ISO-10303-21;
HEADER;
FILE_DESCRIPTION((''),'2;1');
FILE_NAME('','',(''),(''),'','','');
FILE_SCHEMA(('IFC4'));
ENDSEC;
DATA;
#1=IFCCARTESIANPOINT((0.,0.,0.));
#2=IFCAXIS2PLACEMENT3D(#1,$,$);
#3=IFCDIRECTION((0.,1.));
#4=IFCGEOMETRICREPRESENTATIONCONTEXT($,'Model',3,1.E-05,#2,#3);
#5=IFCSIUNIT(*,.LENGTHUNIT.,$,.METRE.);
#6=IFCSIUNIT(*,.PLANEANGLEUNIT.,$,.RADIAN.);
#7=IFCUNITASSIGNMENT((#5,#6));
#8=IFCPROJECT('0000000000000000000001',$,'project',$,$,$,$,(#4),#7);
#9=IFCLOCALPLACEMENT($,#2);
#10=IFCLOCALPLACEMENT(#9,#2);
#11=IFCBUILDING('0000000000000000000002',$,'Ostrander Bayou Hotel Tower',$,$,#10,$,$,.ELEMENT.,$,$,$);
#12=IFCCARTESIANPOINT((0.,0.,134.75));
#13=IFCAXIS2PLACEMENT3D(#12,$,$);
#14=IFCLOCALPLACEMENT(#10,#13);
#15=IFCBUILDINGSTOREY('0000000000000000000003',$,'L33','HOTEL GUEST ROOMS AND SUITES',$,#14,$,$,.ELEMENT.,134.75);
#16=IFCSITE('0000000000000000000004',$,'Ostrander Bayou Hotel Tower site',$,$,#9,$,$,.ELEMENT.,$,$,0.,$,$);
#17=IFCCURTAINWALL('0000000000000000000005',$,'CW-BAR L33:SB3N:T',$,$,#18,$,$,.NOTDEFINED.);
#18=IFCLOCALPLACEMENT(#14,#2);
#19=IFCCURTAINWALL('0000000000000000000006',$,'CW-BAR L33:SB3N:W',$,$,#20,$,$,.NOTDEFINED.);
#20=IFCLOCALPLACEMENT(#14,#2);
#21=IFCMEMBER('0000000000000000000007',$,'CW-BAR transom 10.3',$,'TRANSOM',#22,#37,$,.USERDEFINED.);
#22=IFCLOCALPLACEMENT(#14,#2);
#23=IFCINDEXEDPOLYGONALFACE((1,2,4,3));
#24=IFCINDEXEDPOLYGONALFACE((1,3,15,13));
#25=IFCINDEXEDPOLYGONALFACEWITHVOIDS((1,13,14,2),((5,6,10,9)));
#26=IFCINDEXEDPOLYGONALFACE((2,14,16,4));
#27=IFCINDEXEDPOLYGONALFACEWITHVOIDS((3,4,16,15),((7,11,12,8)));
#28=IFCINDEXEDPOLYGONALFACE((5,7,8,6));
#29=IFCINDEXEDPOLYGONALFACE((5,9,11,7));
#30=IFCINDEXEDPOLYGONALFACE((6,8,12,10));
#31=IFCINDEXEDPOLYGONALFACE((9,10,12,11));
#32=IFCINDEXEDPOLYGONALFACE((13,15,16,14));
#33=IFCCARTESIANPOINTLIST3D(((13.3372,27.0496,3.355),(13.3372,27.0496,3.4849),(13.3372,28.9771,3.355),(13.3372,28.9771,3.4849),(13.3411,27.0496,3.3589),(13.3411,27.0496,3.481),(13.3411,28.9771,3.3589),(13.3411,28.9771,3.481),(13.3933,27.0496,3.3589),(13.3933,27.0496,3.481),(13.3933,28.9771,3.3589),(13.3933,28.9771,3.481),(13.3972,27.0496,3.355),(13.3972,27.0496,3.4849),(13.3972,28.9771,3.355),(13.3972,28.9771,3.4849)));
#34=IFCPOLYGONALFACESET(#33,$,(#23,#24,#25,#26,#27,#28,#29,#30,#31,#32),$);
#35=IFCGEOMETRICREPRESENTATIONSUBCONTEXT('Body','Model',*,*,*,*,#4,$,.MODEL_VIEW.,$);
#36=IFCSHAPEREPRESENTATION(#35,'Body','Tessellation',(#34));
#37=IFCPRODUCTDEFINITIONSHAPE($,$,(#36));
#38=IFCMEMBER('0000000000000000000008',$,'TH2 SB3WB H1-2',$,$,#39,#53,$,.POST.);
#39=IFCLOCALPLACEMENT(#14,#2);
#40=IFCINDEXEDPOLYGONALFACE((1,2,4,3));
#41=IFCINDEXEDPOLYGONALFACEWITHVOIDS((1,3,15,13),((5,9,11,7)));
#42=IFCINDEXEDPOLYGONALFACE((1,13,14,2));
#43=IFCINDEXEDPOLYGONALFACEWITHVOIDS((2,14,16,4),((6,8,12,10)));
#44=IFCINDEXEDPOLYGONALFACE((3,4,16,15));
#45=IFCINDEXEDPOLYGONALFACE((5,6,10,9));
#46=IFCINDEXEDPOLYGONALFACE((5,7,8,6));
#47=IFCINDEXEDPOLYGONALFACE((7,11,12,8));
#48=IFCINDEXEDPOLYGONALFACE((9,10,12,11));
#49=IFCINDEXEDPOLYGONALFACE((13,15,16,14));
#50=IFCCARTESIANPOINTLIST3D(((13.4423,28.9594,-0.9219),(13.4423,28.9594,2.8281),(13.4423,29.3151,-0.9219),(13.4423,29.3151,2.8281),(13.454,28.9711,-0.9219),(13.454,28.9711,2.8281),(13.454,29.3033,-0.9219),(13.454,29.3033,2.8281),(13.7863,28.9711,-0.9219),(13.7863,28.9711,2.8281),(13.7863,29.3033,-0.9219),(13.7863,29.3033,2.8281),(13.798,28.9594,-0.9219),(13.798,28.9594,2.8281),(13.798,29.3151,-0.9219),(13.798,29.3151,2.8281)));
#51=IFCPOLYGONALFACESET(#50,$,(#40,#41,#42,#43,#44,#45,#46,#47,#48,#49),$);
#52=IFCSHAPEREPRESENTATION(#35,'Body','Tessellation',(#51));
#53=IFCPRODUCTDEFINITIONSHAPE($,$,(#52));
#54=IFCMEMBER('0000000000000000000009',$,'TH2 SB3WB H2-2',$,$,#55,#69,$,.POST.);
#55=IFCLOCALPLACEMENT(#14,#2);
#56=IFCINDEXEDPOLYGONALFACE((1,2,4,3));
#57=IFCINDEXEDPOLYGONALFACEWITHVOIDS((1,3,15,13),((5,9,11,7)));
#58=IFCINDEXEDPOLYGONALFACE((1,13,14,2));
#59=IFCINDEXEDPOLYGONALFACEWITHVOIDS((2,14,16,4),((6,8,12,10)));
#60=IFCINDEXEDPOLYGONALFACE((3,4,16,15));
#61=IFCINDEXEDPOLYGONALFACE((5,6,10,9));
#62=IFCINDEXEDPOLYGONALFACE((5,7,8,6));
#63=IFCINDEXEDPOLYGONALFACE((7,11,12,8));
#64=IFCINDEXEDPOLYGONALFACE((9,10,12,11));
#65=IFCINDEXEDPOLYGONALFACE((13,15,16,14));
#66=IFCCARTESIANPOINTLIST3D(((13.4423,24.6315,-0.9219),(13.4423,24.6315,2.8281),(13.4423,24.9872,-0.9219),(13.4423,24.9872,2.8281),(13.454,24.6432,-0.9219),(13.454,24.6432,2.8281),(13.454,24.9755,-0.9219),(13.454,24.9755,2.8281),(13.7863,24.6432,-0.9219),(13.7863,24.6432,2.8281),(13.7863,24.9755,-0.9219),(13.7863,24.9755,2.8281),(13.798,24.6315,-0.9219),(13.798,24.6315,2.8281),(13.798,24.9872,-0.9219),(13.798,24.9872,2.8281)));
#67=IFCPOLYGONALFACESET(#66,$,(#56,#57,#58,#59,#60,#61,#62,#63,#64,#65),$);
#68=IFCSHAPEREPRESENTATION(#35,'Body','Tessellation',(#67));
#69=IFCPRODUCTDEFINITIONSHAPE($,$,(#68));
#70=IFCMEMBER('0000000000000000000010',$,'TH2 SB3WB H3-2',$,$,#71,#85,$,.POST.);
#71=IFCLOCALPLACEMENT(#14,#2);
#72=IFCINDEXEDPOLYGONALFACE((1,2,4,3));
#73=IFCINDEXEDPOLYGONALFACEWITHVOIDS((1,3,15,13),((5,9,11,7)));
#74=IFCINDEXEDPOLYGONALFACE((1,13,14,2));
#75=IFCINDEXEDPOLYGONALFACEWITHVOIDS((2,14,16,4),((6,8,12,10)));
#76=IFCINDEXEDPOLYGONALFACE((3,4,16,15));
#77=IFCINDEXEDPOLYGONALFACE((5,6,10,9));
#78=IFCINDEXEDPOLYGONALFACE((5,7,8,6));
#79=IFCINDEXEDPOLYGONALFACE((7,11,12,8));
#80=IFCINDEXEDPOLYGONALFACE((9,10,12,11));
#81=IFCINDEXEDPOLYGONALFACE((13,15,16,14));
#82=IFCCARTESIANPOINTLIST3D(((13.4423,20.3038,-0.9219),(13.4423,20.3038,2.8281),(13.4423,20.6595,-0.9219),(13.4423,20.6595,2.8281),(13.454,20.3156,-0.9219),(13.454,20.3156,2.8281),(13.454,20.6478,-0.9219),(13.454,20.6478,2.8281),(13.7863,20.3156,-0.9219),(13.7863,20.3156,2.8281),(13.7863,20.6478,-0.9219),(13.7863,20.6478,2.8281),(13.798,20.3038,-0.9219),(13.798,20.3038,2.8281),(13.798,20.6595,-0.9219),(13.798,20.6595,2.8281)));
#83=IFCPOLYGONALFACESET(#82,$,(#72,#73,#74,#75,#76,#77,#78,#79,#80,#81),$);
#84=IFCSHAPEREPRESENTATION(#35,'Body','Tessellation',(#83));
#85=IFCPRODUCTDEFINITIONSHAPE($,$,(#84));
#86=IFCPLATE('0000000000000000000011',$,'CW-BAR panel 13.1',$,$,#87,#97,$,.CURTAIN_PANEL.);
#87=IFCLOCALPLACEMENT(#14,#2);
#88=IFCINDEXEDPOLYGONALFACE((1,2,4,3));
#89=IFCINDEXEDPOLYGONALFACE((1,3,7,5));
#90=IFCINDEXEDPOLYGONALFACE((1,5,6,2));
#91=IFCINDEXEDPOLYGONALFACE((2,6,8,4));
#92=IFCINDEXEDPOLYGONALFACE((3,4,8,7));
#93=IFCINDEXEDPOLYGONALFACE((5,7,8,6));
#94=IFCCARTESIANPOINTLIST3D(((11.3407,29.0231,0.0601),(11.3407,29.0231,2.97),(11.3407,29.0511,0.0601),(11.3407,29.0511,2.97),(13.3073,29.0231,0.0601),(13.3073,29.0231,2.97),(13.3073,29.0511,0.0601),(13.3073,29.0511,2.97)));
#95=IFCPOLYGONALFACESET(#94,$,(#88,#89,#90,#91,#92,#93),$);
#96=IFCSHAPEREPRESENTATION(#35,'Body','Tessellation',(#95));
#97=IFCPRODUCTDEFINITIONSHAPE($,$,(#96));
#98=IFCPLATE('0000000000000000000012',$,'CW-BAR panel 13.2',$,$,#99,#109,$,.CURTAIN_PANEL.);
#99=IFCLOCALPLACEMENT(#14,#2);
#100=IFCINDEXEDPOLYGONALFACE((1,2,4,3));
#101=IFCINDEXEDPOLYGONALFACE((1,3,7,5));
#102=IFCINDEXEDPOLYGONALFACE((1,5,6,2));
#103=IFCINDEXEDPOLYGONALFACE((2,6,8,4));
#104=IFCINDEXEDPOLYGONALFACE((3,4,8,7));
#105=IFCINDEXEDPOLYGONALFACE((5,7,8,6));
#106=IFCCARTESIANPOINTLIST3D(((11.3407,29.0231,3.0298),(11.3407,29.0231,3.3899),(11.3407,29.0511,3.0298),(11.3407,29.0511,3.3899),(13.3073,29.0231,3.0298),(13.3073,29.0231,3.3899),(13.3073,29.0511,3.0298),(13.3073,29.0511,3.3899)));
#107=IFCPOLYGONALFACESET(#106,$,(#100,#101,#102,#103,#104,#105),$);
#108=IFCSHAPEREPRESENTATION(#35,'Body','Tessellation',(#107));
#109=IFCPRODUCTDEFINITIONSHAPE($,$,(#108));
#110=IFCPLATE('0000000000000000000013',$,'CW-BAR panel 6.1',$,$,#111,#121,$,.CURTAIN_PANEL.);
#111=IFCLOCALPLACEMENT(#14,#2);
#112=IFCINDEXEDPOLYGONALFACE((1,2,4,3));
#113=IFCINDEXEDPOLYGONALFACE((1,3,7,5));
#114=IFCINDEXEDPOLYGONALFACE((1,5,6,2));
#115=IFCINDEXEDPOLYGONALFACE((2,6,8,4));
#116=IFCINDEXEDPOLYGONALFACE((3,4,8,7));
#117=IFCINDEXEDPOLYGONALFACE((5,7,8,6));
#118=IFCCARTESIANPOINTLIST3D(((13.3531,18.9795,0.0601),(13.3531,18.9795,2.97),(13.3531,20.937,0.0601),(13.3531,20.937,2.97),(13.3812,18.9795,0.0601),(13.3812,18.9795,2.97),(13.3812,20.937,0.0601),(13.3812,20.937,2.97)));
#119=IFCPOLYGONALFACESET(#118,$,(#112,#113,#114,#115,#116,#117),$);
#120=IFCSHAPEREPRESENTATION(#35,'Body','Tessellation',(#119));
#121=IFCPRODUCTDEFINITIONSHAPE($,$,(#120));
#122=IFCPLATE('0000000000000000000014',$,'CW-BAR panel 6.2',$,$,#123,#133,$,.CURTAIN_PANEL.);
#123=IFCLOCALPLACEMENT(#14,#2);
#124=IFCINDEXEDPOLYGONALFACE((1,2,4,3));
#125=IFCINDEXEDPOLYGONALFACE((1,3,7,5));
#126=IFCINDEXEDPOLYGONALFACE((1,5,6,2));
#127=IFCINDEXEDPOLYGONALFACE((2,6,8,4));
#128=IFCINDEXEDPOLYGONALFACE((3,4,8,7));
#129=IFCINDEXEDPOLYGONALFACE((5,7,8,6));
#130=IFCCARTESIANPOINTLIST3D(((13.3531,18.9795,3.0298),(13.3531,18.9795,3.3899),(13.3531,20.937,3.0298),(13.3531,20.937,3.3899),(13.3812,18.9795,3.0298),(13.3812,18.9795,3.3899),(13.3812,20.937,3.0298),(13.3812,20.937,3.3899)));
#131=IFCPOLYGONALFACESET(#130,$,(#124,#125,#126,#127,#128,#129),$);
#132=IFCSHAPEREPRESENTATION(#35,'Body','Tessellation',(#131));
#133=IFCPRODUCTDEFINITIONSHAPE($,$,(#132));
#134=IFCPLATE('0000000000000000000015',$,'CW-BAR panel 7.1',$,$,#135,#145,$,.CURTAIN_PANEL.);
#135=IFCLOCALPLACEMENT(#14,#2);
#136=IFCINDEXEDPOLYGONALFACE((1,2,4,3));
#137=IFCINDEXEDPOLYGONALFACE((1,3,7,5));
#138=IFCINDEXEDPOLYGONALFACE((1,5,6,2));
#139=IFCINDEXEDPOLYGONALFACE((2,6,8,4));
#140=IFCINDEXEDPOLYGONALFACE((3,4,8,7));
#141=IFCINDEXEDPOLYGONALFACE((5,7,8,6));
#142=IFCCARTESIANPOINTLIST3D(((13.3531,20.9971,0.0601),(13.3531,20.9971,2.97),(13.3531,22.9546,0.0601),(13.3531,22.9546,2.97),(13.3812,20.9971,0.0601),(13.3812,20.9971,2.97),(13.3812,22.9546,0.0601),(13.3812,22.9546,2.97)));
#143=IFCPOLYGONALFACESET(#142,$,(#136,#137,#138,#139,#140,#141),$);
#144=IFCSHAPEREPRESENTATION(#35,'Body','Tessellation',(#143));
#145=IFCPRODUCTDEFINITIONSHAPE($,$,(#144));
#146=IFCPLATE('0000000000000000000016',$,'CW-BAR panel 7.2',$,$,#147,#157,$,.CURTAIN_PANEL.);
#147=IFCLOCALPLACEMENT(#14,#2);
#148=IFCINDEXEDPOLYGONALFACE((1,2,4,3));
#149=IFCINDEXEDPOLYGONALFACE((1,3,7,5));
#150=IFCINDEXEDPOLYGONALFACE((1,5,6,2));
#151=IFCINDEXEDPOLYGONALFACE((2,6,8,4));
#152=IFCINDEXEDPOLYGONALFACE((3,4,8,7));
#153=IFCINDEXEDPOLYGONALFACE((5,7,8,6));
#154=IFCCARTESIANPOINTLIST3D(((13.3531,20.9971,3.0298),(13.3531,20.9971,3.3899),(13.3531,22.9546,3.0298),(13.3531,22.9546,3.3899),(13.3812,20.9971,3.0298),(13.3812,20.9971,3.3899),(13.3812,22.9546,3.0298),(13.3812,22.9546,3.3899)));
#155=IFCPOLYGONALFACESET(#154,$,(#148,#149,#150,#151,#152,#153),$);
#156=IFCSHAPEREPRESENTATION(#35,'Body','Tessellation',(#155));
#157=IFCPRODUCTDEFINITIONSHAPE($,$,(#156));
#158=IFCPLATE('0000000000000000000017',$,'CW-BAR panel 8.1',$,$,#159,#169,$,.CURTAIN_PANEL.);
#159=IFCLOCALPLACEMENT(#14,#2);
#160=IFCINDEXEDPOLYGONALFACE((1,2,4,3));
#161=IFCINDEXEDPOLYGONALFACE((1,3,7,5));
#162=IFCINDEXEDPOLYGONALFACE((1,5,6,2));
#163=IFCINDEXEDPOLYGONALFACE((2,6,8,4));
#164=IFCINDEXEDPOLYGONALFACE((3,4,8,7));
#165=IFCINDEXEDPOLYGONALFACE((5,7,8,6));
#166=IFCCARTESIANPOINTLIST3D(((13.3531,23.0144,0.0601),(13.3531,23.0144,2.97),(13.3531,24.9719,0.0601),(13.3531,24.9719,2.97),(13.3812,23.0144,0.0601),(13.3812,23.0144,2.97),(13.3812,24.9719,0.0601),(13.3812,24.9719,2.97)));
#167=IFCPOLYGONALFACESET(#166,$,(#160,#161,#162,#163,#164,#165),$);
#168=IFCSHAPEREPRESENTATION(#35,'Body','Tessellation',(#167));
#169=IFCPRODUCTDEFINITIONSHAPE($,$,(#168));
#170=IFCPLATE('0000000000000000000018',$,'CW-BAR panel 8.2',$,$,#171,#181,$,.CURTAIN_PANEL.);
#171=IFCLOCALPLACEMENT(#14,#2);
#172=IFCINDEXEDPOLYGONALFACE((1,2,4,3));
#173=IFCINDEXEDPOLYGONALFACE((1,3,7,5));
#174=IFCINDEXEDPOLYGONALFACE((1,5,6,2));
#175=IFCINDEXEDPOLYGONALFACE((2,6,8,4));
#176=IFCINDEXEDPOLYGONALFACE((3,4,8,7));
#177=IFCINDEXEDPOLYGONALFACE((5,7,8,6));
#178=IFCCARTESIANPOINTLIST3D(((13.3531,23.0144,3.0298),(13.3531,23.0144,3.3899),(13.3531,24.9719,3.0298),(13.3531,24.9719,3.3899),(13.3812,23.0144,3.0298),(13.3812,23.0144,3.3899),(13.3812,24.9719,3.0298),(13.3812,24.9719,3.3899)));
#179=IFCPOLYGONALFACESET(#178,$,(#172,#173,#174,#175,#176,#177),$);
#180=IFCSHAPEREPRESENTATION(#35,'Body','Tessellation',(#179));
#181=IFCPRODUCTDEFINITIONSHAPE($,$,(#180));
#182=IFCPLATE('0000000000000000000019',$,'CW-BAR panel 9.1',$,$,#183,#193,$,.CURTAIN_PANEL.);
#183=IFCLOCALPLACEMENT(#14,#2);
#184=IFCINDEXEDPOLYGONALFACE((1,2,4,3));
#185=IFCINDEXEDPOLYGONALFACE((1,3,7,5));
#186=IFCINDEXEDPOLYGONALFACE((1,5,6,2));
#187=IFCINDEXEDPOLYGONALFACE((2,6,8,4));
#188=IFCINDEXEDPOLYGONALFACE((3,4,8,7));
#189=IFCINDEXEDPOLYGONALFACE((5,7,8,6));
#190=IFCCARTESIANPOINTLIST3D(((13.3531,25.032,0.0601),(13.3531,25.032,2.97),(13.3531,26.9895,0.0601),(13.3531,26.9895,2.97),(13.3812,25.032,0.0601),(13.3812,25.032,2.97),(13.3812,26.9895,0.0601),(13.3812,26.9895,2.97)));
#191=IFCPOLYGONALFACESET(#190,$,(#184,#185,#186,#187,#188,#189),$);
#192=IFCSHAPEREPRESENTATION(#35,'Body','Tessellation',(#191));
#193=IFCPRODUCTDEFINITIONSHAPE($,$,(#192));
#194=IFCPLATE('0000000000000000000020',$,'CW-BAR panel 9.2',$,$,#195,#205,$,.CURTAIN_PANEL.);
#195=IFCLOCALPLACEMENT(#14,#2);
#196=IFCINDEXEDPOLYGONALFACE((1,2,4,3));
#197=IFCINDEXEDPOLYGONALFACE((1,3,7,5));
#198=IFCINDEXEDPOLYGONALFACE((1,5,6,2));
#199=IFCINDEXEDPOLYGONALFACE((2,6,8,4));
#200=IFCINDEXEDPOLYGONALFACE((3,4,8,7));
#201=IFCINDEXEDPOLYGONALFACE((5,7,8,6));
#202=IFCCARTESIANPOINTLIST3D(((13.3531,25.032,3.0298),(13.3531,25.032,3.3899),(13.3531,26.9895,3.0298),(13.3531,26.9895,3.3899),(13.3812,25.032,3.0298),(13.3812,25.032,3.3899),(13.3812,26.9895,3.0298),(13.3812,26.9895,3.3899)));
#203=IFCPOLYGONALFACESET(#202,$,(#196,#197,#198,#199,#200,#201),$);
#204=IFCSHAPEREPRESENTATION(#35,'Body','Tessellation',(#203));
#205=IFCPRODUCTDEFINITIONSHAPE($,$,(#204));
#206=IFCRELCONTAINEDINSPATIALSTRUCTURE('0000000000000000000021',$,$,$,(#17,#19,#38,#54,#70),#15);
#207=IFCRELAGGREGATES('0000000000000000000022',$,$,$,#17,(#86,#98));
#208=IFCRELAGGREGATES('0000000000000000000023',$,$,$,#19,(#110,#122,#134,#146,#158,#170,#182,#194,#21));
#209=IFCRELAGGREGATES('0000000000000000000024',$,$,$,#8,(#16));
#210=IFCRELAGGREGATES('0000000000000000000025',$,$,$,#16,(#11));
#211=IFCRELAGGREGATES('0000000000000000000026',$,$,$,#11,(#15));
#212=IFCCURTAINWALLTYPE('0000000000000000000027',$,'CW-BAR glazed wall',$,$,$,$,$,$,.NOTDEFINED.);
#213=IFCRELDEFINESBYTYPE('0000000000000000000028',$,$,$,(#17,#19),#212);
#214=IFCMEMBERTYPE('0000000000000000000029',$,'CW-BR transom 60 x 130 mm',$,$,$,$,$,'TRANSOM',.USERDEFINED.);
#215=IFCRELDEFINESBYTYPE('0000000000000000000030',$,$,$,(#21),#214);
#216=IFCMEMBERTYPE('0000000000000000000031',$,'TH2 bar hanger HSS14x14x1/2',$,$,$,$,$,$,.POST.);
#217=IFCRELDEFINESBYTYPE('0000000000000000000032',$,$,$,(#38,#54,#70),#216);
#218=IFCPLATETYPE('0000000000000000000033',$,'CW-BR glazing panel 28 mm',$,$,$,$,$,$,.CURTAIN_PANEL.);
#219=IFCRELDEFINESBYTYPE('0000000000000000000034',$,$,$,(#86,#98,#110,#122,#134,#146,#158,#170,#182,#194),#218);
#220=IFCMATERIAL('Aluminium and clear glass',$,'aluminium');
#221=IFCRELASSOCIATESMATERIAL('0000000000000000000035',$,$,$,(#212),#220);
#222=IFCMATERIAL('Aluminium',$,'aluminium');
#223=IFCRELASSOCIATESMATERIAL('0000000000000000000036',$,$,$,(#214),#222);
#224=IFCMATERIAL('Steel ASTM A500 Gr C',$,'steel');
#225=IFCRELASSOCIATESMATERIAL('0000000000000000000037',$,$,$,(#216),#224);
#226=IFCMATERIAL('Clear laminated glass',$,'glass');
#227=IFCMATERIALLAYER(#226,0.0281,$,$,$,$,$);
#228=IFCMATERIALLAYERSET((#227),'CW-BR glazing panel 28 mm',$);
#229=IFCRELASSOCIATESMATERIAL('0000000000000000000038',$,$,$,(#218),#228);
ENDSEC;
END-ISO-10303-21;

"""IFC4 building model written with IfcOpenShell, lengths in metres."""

from ifc_helpers import new_model, si_unit, direction, frame, origin, origin_2d, place, context, subcontext, project, spatial, rectangle, hollow_rectangle, extrude, material, layer, layer_set, material_profile, profile_set, type_object, element, aggregate, save


model = new_model("IFC4")

# Units and contexts
model_context = context("Model", 3, precision=1e-05, world=origin(), true_north=direction((0.0, 1.0)))
body_context = subcontext(model_context, "Body", "Model", "MODEL_VIEW")
ifc_project = project(units=[si_unit("LENGTHUNIT", "METRE"), si_unit("PLANEANGLEUNIT", "RADIAN")], contexts=[model_context])

# Site, building, storey
site_placement = place(None, origin())
site = spatial("IfcSite", under=ifc_project, at=site_placement, Name="Ostrander Bayou Hotel Tower site", CompositionType="ELEMENT", RefElevation=0.0)
building_placement = place(site_placement, origin())
building = spatial("IfcBuilding", under=site, at=building_placement, Name="Ostrander Bayou Hotel Tower", CompositionType="ELEMENT")
storey_placement = place(building_placement, frame((0.0, 0.0, 134.75)))
storey = spatial("IfcBuildingStorey", under=building, at=storey_placement, Name="L33", Description="HOTEL GUEST ROOMS AND SUITES", CompositionType="ELEMENT", Elevation=134.75)

# Curtain wall
ifc_material_1 = material(Name="Aluminium and clear glass", Category="aluminium")
curtain_wall_type = type_object("IfcCurtainWallType", Name="CW-BAR glazed wall", PredefinedType="NOTDEFINED", material=ifc_material_1)
curtain_wall_1_placement = place(storey_placement, origin())
curtain_wall_1 = element("IfcCurtainWall", 1, at=curtain_wall_1_placement, inside=storey, type_object=curtain_wall_type, Name="CW-BAR L33:SB3N:T", PredefinedType="NOTDEFINED")

# Curtain wall
curtain_wall_2_placement = place(storey_placement, origin())
curtain_wall_2 = element("IfcCurtainWall", 2, at=curtain_wall_2_placement, inside=storey, type_object=curtain_wall_type, Name="CW-BAR L33:SB3N:W", PredefinedType="NOTDEFINED")

# Member
ifc_material_2 = material(Name="Aluminium", Category="aluminium")
ifc_material_profile_1 = material_profile(ifc_material_2, hollow_rectangle(XDim=0.0601, YDim=0.1299, WallThickness=0.0039, at=origin_2d()))
ifc_profile_set_1 = profile_set([ifc_material_profile_1], Name="Aluminium")
member_type_1 = type_object("IfcMemberType", Name="CW-BR transom 60 x 130 mm", ElementType="TRANSOM", PredefinedType="USERDEFINED", material=ifc_profile_set_1)
member_1_placement = place(storey_placement, frame((13.3672, 27.0496, 3.4199), z_axis=(0.0, 1.0, 0.0), x_axis=(-1.0, 0.0, 0.0)))
member_1 = element("IfcMember", 3, at=member_1_placement, type_object=member_type_1, Name="CW-BAR transom 10.3", ObjectType="TRANSOM", PredefinedType="USERDEFINED", context=body_context, shape_type="SweptSolid", body=[
    extrude(hollow_rectangle(XDim=0.0601, YDim=0.1299, WallThickness=0.0039, at=origin_2d()), origin(), (0.0, 0.0, 1.0), 1.9275),
])

# Members
ifc_material_3 = material(Name="Steel ASTM A500 Gr C", Category="steel")
ifc_material_profile_2 = material_profile(ifc_material_3, hollow_rectangle(XDim=0.3557, YDim=0.3557, WallThickness=0.0117, at=origin_2d()))
ifc_profile_set_2 = profile_set([ifc_material_profile_2], Name="Steel ASTM A500 Gr C")
member_type_2 = type_object("IfcMemberType", Name="TH2 bar hanger HSS14x14x1/2", PredefinedType="POST", material=ifc_profile_set_2)
for number, where, z_axis, x_axis, name in (
    (4, (13.6201, 29.1372, -0.9219), (0.0, 0.0, 1.0), (1.0, 0.0, 0.0), "TH2 SB3WB H1-2"),
    (5, (13.6201, 24.8093, -0.9219), (0.0, 0.0, 1.0), (1.0, 0.0, 0.0), "TH2 SB3WB H2-2"),
    (6, (13.6201, 20.4817, -0.9219), (0.0, 0.0, 1.0), (1.0, 0.0, 0.0), "TH2 SB3WB H3-2"),
):
    element("IfcMember", number, at=place(storey_placement, frame(where, z_axis=z_axis, x_axis=x_axis)), inside=storey, type_object=member_type_2, Name=name, PredefinedType="POST", context=body_context, shape_type="SweptSolid", body=[
        extrude(hollow_rectangle(XDim=0.3557, YDim=0.3557, WallThickness=0.0117, at=origin_2d()), origin(), (0.0, 0.0, 1.0), 3.75),
    ])

# Plates
ifc_material_4 = material(Name="Clear laminated glass", Category="glass")
ifc_layer = layer(ifc_material_4, 0.0281)
ifc_layer_set = layer_set([ifc_layer], Name="CW-BR glazing panel 28 mm")
plate_type = type_object("IfcPlateType", Name="CW-BR glazing panel 28 mm", PredefinedType="CURTAIN_PANEL", material=ifc_layer_set)
plate_1_placement = place(storey_placement, frame((12.324, 29.0371, 0.0601), z_axis=(0.0, 0.0, 1.0), x_axis=(1.0, 0.0, 0.0)))
plate_1 = element("IfcPlate", 7, at=plate_1_placement, type_object=plate_type, Name="CW-BAR panel 13.1", PredefinedType="CURTAIN_PANEL", context=body_context, shape_type="SweptSolid", body=[
    extrude(rectangle(XDim=1.9666, YDim=0.0281, at=origin_2d()), origin(), (0.0, 0.0, 1.0), 2.9099),
])
plate_2_placement = place(storey_placement, frame((12.324, 29.0371, 3.0298), z_axis=(0.0, 0.0, 1.0), x_axis=(1.0, 0.0, 0.0)))
plate_2 = element("IfcPlate", 8, at=plate_2_placement, type_object=plate_type, Name="CW-BAR panel 13.2", PredefinedType="CURTAIN_PANEL", context=body_context, shape_type="SweptSolid", body=[
    extrude(rectangle(XDim=1.9666, YDim=0.0281, at=origin_2d()), origin(), (0.0, 0.0, 1.0), 0.3601),
])
aggregate(curtain_wall_1, [plate_1, plate_2])
plate_3_placement = place(storey_placement, frame((13.3672, 19.9583, 0.0601), z_axis=(0.0, 0.0, 1.0), x_axis=(0.0, 1.0, 0.0)))
plate_3 = element("IfcPlate", 9, at=plate_3_placement, type_object=plate_type, Name="CW-BAR panel 6.1", PredefinedType="CURTAIN_PANEL", context=body_context, shape_type="SweptSolid", body=[
    extrude(rectangle(XDim=1.9575, YDim=0.0281, at=origin_2d()), origin(), (0.0, 0.0, 1.0), 2.9099),
])
plate_4_placement = place(storey_placement, frame((13.3672, 19.9583, 3.0298), z_axis=(0.0, 0.0, 1.0), x_axis=(0.0, 1.0, 0.0)))
plate_4 = element("IfcPlate", 10, at=plate_4_placement, type_object=plate_type, Name="CW-BAR panel 6.2", PredefinedType="CURTAIN_PANEL", context=body_context, shape_type="SweptSolid", body=[
    extrude(rectangle(XDim=1.9575, YDim=0.0281, at=origin_2d()), origin(), (0.0, 0.0, 1.0), 0.3601),
])
plate_5_placement = place(storey_placement, frame((13.3672, 21.9758, 0.0601), z_axis=(0.0, 0.0, 1.0), x_axis=(0.0, 1.0, 0.0)))
plate_5 = element("IfcPlate", 11, at=plate_5_placement, type_object=plate_type, Name="CW-BAR panel 7.1", PredefinedType="CURTAIN_PANEL", context=body_context, shape_type="SweptSolid", body=[
    extrude(rectangle(XDim=1.9575, YDim=0.0281, at=origin_2d()), origin(), (0.0, 0.0, 1.0), 2.9099),
])
plate_6_placement = place(storey_placement, frame((13.3672, 21.9758, 3.0298), z_axis=(0.0, 0.0, 1.0), x_axis=(0.0, 1.0, 0.0)))
plate_6 = element("IfcPlate", 12, at=plate_6_placement, type_object=plate_type, Name="CW-BAR panel 7.2", PredefinedType="CURTAIN_PANEL", context=body_context, shape_type="SweptSolid", body=[
    extrude(rectangle(XDim=1.9575, YDim=0.0281, at=origin_2d()), origin(), (0.0, 0.0, 1.0), 0.3601),
])
plate_7_placement = place(storey_placement, frame((13.3672, 23.9932, 0.0601), z_axis=(0.0, 0.0, 1.0), x_axis=(0.0, 1.0, 0.0)))
plate_7 = element("IfcPlate", 13, at=plate_7_placement, type_object=plate_type, Name="CW-BAR panel 8.1", PredefinedType="CURTAIN_PANEL", context=body_context, shape_type="SweptSolid", body=[
    extrude(rectangle(XDim=1.9575, YDim=0.0281, at=origin_2d()), origin(), (0.0, 0.0, 1.0), 2.9099),
])
plate_8_placement = place(storey_placement, frame((13.3672, 23.9932, 3.0298), z_axis=(0.0, 0.0, 1.0), x_axis=(0.0, 1.0, 0.0)))
plate_8 = element("IfcPlate", 14, at=plate_8_placement, type_object=plate_type, Name="CW-BAR panel 8.2", PredefinedType="CURTAIN_PANEL", context=body_context, shape_type="SweptSolid", body=[
    extrude(rectangle(XDim=1.9575, YDim=0.0281, at=origin_2d()), origin(), (0.0, 0.0, 1.0), 0.3601),
])
plate_9_placement = place(storey_placement, frame((13.3672, 26.0107, 0.0601), z_axis=(0.0, 0.0, 1.0), x_axis=(0.0, 1.0, 0.0)))
plate_9 = element("IfcPlate", 15, at=plate_9_placement, type_object=plate_type, Name="CW-BAR panel 9.1", PredefinedType="CURTAIN_PANEL", context=body_context, shape_type="SweptSolid", body=[
    extrude(rectangle(XDim=1.9575, YDim=0.0281, at=origin_2d()), origin(), (0.0, 0.0, 1.0), 2.9099),
])
plate_10_placement = place(storey_placement, frame((13.3672, 26.0107, 3.0298), z_axis=(0.0, 0.0, 1.0), x_axis=(0.0, 1.0, 0.0)))
plate_10 = element("IfcPlate", 16, at=plate_10_placement, type_object=plate_type, Name="CW-BAR panel 9.2", PredefinedType="CURTAIN_PANEL", context=body_context, shape_type="SweptSolid", body=[
    extrude(rectangle(XDim=1.9575, YDim=0.0281, at=origin_2d()), origin(), (0.0, 0.0, 1.0), 0.3601),
])
aggregate(curtain_wall_2, [plate_3, plate_4, plate_5, plate_6, plate_7, plate_8, plate_9, plate_10, member_1])

save(model, "model.ifc")
